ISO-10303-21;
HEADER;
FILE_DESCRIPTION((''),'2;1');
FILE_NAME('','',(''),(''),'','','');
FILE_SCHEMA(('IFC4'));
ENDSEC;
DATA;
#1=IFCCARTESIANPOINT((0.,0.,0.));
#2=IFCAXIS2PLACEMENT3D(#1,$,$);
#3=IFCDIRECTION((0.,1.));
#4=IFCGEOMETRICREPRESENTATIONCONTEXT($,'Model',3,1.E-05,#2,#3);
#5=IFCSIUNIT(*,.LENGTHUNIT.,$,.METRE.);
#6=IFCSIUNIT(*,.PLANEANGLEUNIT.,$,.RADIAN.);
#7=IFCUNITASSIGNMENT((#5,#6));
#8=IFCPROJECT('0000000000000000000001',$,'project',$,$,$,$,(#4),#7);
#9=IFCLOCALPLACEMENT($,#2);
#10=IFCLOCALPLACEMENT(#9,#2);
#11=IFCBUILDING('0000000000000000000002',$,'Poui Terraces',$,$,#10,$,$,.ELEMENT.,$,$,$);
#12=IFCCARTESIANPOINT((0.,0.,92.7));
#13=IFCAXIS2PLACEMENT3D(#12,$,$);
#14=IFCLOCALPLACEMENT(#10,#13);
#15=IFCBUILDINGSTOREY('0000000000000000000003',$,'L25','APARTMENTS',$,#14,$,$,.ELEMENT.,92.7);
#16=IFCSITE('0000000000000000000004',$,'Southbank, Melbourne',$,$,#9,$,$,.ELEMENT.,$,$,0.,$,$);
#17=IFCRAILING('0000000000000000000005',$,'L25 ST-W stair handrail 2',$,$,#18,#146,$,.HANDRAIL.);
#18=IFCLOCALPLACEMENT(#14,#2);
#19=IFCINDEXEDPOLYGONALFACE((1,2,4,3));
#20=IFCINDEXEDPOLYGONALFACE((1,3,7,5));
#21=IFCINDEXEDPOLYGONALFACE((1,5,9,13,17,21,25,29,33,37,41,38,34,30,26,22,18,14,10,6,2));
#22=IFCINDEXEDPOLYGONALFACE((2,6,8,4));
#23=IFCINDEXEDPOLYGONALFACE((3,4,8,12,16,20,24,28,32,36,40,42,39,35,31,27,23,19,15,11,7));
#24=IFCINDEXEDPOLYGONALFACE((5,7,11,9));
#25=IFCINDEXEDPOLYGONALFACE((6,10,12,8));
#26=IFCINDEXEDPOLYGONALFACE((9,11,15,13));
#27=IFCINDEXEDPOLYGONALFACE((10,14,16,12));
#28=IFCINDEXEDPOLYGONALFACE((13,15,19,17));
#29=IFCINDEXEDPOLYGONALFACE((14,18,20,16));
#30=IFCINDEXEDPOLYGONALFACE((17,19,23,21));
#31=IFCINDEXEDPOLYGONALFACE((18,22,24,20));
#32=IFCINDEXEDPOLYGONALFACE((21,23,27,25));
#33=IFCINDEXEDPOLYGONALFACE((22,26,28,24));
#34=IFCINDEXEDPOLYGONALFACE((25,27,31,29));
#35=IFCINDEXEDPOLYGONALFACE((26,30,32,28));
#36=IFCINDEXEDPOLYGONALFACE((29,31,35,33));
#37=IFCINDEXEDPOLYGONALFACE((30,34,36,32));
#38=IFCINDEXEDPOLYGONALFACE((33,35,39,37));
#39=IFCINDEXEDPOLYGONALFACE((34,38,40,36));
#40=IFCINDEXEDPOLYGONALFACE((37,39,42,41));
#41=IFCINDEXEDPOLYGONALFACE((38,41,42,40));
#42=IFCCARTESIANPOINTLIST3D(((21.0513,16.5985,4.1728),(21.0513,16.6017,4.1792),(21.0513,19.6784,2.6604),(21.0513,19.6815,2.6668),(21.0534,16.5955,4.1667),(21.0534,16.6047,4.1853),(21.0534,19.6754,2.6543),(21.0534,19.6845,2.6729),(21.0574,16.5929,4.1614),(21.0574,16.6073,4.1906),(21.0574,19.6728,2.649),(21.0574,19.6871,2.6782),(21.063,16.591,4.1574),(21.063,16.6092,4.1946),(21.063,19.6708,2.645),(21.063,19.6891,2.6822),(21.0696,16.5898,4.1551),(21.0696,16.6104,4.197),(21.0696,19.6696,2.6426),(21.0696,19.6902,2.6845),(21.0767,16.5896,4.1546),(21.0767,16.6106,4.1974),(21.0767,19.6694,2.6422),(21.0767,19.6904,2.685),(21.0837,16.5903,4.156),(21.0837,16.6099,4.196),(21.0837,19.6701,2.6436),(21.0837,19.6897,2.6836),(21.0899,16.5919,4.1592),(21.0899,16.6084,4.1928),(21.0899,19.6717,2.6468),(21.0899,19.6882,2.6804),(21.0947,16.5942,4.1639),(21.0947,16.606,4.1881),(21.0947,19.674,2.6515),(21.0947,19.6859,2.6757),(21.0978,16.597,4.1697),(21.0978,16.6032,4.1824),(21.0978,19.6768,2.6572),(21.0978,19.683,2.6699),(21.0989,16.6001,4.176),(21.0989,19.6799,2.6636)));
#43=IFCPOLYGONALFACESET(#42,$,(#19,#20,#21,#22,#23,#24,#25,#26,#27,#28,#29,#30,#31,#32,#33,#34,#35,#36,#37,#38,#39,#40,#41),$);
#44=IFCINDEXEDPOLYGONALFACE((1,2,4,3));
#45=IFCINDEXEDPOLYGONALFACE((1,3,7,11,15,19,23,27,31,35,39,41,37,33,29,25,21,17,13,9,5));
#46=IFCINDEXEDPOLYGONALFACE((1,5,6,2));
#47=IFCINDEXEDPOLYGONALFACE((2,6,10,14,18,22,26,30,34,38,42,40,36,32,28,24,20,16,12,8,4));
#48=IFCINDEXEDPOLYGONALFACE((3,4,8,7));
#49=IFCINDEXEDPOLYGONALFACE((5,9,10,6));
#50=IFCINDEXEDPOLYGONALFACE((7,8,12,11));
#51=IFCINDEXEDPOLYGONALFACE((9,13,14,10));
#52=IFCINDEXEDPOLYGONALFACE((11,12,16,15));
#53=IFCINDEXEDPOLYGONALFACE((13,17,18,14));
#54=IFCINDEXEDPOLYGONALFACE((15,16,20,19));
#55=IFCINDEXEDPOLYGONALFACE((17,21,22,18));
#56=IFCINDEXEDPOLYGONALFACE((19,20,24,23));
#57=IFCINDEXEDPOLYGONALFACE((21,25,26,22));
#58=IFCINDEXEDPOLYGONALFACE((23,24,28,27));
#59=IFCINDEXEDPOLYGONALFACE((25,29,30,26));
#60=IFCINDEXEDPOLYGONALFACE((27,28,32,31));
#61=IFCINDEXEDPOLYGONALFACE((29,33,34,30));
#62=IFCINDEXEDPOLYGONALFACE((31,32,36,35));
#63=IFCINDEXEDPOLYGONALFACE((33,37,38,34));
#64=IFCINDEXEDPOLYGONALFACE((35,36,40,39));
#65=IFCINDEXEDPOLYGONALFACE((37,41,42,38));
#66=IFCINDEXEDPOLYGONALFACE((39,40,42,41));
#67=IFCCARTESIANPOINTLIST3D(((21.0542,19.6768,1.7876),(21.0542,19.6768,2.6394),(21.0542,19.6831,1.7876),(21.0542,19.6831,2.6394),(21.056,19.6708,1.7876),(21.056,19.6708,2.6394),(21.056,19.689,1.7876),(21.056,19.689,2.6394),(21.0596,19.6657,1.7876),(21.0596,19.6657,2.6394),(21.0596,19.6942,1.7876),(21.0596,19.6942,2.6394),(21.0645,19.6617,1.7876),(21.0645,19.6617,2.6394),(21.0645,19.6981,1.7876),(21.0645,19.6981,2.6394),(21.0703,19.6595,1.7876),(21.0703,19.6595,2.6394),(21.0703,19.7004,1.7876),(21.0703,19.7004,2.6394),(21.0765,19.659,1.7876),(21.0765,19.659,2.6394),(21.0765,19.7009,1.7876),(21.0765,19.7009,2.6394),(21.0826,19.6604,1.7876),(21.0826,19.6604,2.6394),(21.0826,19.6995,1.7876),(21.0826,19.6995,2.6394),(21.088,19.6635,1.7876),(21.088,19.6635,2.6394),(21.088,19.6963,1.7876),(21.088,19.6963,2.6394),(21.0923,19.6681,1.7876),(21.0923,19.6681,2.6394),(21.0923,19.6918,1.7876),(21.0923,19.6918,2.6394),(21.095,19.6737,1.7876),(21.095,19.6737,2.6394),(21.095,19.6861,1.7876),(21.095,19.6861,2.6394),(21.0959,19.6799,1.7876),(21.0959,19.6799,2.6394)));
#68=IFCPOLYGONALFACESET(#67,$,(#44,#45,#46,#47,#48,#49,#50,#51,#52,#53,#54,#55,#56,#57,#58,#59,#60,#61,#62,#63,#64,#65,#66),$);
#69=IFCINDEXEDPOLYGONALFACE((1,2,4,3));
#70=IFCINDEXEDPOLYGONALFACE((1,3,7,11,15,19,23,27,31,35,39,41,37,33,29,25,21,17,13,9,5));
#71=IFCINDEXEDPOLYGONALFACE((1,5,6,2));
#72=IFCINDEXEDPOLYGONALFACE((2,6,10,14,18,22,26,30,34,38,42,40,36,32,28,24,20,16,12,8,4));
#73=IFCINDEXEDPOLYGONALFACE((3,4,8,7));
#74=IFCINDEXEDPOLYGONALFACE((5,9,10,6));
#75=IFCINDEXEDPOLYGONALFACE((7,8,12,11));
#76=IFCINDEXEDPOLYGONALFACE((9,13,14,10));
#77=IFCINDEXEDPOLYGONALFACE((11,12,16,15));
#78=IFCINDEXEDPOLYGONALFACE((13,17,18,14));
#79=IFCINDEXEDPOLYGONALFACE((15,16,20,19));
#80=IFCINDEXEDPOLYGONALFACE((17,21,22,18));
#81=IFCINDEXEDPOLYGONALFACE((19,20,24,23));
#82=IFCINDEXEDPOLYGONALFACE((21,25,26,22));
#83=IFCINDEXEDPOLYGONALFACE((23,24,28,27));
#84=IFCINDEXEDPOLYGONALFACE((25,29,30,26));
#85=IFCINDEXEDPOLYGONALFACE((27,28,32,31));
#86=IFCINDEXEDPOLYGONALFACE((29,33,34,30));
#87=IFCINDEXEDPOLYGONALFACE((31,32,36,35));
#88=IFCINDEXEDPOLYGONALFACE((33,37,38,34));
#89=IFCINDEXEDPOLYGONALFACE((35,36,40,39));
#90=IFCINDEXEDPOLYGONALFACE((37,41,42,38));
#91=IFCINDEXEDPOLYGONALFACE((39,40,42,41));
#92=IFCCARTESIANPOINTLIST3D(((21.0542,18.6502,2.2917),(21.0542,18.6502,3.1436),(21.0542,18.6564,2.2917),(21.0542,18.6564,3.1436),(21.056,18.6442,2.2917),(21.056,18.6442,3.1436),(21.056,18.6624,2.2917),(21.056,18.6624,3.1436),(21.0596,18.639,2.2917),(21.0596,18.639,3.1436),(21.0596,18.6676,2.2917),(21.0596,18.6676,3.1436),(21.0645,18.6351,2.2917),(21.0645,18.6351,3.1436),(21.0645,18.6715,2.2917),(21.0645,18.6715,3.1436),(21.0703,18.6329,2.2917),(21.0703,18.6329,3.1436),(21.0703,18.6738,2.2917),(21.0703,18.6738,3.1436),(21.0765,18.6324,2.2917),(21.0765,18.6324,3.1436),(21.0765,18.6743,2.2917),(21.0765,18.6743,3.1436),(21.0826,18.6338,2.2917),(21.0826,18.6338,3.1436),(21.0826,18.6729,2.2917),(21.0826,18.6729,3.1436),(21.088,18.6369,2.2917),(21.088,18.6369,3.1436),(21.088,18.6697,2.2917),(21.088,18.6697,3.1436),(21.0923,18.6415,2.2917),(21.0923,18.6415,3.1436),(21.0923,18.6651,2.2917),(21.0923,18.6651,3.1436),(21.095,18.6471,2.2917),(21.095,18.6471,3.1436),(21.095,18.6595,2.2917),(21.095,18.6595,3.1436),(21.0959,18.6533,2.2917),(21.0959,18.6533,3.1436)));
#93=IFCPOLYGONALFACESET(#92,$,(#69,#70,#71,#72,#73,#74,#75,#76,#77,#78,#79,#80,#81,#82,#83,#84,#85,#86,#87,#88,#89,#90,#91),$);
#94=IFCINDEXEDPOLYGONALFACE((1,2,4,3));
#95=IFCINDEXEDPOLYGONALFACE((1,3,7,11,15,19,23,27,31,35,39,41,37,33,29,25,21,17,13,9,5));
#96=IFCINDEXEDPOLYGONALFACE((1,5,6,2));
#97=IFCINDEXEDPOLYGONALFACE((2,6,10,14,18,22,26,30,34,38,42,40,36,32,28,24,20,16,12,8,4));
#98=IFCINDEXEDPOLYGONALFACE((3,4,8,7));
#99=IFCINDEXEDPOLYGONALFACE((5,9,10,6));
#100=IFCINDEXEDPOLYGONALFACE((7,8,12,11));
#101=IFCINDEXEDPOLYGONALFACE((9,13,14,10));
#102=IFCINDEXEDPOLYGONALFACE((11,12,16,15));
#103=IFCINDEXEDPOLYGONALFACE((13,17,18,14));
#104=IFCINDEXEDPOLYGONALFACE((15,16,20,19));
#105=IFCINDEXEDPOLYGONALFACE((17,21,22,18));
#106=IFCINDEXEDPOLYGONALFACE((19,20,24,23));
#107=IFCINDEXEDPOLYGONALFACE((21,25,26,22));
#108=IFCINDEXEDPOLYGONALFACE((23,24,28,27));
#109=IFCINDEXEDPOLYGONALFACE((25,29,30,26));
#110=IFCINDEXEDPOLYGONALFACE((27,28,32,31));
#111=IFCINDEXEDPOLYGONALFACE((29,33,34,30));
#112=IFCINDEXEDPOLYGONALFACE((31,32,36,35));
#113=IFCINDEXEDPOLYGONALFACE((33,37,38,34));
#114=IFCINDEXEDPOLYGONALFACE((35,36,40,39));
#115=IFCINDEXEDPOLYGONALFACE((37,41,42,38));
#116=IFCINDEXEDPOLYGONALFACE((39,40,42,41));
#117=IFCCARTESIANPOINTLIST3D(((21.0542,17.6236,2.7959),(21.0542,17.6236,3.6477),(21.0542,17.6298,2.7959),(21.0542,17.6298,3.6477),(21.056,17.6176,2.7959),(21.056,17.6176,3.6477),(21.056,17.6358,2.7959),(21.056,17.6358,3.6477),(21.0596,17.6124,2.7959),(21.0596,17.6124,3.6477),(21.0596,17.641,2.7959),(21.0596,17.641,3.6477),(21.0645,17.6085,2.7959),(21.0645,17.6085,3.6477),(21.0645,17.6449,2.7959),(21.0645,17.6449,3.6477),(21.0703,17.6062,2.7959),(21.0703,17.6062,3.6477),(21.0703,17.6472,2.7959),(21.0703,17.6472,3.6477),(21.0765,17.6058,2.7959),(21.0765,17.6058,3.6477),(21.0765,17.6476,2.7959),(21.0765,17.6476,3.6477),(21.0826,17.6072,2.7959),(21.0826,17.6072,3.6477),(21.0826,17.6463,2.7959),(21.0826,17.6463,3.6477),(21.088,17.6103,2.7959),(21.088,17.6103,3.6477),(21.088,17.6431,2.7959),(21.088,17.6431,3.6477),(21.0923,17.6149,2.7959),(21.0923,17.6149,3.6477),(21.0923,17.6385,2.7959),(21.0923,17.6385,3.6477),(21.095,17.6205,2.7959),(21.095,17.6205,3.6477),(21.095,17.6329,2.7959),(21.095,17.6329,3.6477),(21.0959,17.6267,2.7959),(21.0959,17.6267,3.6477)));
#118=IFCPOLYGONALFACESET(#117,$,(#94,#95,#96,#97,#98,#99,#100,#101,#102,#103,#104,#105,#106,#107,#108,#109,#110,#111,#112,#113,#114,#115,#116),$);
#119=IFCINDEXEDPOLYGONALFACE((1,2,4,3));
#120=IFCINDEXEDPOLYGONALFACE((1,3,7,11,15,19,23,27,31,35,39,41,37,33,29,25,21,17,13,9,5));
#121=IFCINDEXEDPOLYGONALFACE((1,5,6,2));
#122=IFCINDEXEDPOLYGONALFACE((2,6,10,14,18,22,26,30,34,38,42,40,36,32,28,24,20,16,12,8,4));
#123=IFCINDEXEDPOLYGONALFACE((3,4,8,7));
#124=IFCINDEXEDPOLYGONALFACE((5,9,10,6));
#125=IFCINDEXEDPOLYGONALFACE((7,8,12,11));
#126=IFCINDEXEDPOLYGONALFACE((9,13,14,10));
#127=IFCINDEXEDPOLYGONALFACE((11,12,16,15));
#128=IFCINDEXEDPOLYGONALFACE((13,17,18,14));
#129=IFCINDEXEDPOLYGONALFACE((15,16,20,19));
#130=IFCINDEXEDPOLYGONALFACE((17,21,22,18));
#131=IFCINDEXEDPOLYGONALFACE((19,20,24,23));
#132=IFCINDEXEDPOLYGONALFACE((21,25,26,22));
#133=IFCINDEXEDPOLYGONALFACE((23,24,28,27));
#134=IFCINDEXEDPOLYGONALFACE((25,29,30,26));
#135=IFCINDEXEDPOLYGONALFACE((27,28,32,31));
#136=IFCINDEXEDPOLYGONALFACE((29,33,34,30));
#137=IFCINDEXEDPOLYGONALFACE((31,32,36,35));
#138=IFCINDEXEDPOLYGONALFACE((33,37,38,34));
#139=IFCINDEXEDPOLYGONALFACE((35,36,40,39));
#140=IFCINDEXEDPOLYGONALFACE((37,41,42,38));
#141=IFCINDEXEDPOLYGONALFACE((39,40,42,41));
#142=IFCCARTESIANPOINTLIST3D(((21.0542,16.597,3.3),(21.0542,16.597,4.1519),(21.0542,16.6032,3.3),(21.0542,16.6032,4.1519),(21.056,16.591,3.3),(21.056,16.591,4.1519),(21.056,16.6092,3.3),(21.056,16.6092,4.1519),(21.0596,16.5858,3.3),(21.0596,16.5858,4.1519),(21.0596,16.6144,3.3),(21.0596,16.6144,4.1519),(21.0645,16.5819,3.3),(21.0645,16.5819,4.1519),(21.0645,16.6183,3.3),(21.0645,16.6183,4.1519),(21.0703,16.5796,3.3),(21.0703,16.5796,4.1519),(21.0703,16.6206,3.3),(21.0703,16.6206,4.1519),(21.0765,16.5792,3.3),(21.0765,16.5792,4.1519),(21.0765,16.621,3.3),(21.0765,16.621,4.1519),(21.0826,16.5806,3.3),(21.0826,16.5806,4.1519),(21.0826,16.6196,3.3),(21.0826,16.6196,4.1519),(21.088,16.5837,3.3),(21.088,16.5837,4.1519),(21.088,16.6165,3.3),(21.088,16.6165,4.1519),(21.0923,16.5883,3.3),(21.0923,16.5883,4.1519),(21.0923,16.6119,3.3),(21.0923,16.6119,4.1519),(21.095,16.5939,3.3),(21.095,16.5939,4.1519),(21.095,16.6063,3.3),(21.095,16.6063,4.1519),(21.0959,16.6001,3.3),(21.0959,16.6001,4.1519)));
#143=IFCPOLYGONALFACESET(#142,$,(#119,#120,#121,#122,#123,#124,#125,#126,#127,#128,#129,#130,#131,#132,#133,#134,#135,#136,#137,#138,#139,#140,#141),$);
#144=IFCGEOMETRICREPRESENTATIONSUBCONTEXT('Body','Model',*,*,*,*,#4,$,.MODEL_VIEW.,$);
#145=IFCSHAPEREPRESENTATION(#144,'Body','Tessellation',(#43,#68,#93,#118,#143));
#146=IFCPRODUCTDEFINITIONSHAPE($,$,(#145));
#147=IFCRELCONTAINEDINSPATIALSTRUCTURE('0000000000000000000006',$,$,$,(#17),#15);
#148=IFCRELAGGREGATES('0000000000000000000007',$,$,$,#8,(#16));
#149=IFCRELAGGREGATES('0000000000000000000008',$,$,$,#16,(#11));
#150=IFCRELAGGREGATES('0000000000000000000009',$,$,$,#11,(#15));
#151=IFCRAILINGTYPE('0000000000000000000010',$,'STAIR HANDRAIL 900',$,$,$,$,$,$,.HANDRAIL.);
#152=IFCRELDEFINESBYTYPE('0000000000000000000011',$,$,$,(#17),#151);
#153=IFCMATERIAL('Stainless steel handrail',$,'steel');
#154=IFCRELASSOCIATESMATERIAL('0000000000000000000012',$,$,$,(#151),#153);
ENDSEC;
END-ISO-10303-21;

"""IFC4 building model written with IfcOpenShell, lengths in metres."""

from ifc_helpers import new_model, si_unit, direction, frame, origin, origin_2d, place, context, subcontext, project, spatial, circle, extrude, material, type_object, element, save


model = new_model("IFC4")

# Units and contexts
model_context = context("Model", 3, precision=1e-05, world=origin(), true_north=direction((0.0, 1.0)))
body_context = subcontext(model_context, "Body", "Model", "MODEL_VIEW")
ifc_project = project(units=[si_unit("LENGTHUNIT", "METRE"), si_unit("PLANEANGLEUNIT", "RADIAN")], contexts=[model_context])

# Site, building, storey
site_placement = place(None, origin())
site = spatial("IfcSite", under=ifc_project, at=site_placement, Name="Southbank, Melbourne", CompositionType="ELEMENT", RefElevation=0.0)
building_placement = place(site_placement, origin())
building = spatial("IfcBuilding", under=site, at=building_placement, Name="Poui Terraces", CompositionType="ELEMENT")
storey_placement = place(building_placement, frame((0.0, 0.0, 92.7)))
storey = spatial("IfcBuildingStorey", under=building, at=storey_placement, Name="L25", Description="APARTMENTS", CompositionType="ELEMENT", Elevation=92.7)

# Railing
ifc_material_1 = material(Name="Stainless steel handrail", Category="steel")
railing_type_1 = type_object("IfcRailingType", Name="STAIR HANDRAIL 900", PredefinedType="HANDRAIL", material=ifc_material_1)
railing_1_placement = place(storey_placement, frame((21.075, 19.6799, 1.7876)))
element("IfcRailing", 1, at=railing_1_placement, inside=storey, type_object=railing_type_1, Name="L25 ST-W stair handrail 2", PredefinedType="HANDRAIL", context=body_context, shape_type="SweptSolid", body=[
    extrude(circle(Radius=0.0239, at=origin_2d()), frame((0.0, 0.0, 0.876), z_axis=(0.0, -0.897606, 0.440798), x_axis=(1.0, 0.0, 0.0)), (0.0, 0.0, 1.0), 3.4312),
    extrude(circle(Radius=0.021, at=origin_2d()), origin(), (0.0, 0.0, 1.0), 0.8518),
    extrude(circle(Radius=0.021, at=origin_2d()), frame((0.0, -1.0266, 0.5042)), (0.0, 0.0, 1.0), 0.8518),
    extrude(circle(Radius=0.021, at=origin_2d()), frame((0.0, -2.0532, 1.0083)), (0.0, 0.0, 1.0), 0.8518),
    extrude(circle(Radius=0.021, at=origin_2d()), frame((0.0, -3.0798, 1.5125)), (0.0, 0.0, 1.0), 0.8518),
])

save(model, "model.ifc")
